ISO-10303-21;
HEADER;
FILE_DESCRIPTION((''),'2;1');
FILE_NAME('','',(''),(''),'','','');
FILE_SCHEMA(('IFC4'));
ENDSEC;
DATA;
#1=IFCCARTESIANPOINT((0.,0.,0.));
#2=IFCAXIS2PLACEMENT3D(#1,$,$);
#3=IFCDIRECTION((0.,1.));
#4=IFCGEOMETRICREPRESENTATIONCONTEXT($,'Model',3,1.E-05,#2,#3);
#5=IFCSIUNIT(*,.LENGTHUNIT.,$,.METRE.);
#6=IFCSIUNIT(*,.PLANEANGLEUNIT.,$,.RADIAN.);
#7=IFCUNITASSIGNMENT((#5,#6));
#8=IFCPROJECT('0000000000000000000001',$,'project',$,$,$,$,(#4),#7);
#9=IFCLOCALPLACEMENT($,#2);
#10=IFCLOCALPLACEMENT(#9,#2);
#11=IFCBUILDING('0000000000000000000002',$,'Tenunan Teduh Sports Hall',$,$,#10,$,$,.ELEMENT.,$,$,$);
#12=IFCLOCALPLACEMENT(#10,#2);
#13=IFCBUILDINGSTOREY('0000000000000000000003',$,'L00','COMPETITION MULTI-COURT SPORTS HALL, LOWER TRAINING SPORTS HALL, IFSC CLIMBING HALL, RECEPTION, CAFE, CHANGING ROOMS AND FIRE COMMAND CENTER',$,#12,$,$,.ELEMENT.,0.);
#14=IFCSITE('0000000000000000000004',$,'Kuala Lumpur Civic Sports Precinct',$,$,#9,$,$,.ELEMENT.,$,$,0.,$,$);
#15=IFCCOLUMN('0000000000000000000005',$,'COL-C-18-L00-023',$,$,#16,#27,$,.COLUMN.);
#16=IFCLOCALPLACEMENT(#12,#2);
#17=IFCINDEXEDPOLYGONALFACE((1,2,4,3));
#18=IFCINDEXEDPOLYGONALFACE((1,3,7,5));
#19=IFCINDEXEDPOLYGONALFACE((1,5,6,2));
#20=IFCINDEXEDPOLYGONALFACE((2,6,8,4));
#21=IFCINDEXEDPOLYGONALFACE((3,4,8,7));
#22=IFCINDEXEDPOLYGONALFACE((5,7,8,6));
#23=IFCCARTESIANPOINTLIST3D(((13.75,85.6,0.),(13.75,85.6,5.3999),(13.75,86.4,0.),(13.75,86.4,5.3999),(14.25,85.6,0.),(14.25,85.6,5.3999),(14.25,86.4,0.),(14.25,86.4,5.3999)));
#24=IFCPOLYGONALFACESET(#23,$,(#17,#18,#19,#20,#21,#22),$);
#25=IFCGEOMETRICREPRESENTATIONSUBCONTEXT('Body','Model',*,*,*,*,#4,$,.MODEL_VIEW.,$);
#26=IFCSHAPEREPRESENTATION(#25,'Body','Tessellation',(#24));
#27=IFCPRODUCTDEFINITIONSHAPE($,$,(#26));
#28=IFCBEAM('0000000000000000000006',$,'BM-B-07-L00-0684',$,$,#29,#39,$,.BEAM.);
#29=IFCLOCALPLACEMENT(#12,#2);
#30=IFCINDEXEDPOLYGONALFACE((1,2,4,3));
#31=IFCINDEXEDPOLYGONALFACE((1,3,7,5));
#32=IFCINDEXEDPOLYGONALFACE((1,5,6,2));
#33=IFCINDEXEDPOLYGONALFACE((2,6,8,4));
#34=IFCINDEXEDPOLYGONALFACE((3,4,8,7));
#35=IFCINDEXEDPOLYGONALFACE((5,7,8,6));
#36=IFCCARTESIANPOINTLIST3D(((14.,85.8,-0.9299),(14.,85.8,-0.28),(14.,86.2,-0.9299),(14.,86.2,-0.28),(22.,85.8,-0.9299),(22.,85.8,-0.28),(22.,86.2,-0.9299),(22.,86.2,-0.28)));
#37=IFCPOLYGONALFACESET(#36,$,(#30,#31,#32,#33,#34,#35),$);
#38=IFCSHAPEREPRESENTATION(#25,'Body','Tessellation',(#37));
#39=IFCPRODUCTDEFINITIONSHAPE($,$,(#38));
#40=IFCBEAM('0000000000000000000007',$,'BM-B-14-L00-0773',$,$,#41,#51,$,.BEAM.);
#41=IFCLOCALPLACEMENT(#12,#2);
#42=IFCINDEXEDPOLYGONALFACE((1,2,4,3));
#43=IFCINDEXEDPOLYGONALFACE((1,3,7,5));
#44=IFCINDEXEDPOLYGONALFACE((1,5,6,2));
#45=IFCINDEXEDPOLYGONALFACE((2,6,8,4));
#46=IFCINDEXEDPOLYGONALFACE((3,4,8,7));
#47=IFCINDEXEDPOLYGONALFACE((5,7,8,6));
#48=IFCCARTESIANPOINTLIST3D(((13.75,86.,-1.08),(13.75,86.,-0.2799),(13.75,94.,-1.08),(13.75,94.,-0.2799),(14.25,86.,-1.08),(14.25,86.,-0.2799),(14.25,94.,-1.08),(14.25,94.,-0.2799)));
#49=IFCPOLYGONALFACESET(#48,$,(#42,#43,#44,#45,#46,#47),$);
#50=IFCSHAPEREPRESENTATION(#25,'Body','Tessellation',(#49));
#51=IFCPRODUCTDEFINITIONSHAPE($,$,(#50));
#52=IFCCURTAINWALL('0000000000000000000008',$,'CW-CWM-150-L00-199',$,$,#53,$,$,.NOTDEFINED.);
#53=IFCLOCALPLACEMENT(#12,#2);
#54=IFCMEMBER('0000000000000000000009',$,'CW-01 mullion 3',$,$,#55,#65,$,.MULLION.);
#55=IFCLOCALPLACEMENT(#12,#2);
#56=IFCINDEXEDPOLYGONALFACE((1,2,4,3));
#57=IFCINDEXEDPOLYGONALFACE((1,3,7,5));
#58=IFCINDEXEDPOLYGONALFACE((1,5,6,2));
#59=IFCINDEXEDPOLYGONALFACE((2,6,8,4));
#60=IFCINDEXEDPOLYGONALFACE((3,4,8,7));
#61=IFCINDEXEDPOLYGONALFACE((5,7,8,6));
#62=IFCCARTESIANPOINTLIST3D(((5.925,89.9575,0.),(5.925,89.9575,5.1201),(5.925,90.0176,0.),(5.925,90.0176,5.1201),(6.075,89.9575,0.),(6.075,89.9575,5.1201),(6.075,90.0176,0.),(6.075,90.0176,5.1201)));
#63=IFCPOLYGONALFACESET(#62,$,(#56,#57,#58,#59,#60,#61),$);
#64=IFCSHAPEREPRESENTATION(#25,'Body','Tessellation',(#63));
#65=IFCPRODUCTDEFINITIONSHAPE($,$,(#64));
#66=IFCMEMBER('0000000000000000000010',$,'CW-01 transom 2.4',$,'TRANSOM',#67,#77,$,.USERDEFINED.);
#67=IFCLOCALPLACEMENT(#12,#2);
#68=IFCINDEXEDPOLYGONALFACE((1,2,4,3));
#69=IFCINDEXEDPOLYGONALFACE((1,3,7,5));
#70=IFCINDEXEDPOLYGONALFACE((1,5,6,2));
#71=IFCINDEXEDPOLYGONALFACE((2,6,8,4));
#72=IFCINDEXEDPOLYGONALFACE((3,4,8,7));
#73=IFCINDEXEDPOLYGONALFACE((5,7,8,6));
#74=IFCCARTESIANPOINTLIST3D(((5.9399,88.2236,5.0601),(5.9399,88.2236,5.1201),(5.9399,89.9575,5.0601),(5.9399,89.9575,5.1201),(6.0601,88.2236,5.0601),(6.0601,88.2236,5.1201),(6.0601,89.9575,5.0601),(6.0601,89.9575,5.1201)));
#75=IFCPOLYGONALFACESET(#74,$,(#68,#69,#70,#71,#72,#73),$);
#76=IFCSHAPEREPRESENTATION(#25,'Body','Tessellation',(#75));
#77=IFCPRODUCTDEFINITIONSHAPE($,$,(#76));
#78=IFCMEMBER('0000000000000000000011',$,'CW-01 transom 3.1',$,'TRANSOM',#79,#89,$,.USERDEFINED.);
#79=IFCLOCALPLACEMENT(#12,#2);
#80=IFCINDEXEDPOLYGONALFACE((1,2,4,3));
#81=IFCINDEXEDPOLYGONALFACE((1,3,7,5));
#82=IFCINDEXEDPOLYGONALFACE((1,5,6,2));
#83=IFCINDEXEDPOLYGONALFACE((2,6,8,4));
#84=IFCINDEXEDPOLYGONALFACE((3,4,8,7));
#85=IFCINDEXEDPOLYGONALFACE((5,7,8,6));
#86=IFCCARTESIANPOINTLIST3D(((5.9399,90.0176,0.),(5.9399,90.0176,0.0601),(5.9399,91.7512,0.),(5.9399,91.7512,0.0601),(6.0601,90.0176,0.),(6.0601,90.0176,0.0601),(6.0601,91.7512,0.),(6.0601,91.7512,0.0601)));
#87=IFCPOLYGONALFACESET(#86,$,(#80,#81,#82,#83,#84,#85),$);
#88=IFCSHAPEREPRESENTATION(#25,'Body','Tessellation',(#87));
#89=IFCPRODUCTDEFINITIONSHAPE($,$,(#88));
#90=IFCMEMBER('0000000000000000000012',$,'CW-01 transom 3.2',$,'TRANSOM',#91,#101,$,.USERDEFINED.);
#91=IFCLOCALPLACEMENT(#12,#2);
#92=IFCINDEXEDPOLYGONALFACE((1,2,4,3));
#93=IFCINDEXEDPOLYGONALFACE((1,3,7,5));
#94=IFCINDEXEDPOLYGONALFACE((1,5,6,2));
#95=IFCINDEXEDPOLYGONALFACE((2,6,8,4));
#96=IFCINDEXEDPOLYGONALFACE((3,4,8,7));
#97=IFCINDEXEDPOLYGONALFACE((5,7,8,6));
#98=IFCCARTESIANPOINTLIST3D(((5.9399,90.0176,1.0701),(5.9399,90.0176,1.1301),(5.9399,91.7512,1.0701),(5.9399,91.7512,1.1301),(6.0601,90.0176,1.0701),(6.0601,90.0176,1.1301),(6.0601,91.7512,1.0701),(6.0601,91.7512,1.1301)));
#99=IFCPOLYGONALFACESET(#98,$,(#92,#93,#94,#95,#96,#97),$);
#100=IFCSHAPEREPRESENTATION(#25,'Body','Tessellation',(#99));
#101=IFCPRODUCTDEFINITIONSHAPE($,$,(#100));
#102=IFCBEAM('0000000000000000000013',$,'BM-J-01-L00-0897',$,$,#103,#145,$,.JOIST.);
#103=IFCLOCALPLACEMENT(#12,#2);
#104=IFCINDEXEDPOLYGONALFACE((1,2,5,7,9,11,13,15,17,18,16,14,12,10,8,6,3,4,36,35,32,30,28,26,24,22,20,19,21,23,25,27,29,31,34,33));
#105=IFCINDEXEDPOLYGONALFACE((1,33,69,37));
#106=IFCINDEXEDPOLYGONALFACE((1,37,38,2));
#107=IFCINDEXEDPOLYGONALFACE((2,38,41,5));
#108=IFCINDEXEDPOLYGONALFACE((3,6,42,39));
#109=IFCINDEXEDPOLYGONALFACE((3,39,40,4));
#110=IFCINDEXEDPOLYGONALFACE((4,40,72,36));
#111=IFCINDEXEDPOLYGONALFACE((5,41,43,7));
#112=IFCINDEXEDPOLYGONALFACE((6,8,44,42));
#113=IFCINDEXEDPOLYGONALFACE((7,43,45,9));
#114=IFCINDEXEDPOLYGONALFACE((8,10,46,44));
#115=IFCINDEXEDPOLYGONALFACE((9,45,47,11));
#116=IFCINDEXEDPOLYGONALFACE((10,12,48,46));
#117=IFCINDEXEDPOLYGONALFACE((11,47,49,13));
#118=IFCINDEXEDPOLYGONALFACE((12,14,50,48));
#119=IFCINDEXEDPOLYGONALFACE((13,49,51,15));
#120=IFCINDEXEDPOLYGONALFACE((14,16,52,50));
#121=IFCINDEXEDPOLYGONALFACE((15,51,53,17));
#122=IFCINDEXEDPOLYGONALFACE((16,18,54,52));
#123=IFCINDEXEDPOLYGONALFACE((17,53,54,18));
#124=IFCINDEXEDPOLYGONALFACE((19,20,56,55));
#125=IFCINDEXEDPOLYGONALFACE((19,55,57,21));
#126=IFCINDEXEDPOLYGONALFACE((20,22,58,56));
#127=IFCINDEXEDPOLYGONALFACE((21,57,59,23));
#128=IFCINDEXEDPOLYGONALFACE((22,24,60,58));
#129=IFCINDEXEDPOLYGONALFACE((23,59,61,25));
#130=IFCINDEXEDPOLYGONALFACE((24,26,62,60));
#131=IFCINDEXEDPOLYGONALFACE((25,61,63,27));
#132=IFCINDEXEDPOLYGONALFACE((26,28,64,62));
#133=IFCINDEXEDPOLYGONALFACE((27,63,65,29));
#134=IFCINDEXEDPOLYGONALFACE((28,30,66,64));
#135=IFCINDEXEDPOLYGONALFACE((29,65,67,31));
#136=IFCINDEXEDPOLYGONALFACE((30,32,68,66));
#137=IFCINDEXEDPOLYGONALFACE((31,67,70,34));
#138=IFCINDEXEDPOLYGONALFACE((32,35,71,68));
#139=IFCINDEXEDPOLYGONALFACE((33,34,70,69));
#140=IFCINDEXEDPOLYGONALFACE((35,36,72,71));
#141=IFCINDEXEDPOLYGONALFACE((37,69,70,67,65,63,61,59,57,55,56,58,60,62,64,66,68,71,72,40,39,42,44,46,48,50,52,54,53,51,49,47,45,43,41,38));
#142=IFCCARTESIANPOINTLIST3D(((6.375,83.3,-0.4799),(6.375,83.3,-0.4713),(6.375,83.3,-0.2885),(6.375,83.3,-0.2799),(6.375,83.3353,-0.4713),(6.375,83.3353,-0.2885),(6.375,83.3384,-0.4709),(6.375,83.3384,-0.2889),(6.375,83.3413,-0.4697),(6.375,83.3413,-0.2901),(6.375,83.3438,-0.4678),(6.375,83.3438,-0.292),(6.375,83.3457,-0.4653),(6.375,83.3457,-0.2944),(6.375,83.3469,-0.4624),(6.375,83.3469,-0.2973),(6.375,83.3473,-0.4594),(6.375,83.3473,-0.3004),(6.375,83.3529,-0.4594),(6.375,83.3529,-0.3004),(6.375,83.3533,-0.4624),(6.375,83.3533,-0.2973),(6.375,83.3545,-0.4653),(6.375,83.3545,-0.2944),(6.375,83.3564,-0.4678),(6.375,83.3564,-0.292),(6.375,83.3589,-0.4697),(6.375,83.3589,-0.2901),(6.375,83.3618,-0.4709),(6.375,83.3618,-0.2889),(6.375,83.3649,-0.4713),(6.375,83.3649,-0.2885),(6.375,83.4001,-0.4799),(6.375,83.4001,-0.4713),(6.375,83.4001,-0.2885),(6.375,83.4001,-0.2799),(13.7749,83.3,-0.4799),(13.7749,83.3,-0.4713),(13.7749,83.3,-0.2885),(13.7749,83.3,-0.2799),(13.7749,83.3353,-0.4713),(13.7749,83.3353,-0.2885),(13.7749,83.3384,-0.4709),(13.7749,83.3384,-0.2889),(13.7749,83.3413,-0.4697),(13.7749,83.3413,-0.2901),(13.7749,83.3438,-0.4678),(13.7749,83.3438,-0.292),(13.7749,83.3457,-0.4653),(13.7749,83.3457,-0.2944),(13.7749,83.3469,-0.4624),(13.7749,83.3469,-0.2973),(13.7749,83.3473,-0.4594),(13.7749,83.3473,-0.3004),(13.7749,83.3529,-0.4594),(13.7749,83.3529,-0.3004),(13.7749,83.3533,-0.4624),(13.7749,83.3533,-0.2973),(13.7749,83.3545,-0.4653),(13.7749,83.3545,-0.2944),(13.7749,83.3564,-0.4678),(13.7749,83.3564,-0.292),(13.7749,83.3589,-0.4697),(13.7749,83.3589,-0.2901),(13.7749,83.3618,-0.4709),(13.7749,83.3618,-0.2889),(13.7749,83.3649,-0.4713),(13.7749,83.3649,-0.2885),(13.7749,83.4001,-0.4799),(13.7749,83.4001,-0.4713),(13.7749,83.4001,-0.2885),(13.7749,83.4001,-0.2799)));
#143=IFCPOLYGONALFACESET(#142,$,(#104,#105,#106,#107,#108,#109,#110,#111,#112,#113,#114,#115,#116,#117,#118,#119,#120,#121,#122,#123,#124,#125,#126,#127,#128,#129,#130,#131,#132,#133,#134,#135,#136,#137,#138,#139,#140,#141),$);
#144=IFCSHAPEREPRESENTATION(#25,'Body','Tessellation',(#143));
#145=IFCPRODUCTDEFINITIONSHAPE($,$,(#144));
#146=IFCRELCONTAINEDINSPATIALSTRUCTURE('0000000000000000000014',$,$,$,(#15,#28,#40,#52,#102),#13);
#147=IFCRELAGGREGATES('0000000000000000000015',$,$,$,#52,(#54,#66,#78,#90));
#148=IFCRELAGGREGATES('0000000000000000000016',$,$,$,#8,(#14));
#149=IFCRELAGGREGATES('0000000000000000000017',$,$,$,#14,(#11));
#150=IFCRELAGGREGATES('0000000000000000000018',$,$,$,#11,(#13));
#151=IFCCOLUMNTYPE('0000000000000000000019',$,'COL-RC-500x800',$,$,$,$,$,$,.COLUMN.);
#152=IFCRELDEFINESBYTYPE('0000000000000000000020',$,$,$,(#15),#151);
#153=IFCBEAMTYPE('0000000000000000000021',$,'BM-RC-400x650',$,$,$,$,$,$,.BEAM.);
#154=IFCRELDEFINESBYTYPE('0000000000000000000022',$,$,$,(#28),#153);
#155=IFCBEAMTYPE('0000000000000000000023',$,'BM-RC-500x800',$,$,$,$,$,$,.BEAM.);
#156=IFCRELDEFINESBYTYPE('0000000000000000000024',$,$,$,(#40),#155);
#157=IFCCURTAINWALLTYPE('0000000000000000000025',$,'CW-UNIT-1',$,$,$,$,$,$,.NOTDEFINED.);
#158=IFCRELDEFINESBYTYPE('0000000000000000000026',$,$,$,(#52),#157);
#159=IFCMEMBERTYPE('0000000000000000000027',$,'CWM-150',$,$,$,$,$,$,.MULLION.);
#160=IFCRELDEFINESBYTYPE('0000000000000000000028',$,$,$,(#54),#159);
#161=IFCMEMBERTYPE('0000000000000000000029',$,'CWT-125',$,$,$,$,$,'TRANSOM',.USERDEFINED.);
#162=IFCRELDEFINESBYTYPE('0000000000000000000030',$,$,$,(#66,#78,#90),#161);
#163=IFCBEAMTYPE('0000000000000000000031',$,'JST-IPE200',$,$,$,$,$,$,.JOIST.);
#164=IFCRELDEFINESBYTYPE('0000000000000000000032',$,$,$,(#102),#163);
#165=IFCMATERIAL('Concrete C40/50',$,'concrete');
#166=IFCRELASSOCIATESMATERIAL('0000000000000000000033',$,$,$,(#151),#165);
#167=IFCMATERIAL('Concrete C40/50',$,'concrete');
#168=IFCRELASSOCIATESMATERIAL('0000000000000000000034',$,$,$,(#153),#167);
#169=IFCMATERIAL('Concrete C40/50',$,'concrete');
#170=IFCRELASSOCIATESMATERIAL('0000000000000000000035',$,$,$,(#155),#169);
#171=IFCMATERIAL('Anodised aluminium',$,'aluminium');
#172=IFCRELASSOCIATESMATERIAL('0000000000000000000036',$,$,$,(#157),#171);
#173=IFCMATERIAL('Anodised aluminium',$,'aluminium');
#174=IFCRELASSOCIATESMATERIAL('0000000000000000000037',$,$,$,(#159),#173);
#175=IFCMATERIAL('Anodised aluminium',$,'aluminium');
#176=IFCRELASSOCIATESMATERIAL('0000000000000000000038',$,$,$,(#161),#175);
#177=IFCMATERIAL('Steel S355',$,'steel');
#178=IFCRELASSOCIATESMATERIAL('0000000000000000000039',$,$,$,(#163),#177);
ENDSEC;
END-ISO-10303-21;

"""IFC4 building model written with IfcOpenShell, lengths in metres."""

from ifc_helpers import new_model, si_unit, direction, frame, origin, origin_2d, place, context, subcontext, project, spatial, rectangle, i_section, extrude, material, material_profile, profile_set, type_object, element, aggregate, save


model = new_model("IFC4")

# Units and contexts
model_context = context("Model", 3, precision=1e-05, world=origin(), true_north=direction((0.0, 1.0)))
body_context = subcontext(model_context, "Body", "Model", "MODEL_VIEW")
ifc_project = project(units=[si_unit("LENGTHUNIT", "METRE"), si_unit("PLANEANGLEUNIT", "RADIAN")], contexts=[model_context])

# Site, building, storey
site_placement = place(None, origin())
site = spatial("IfcSite", under=ifc_project, at=site_placement, Name="Kuala Lumpur Civic Sports Precinct", CompositionType="ELEMENT", RefElevation=0.0)
building_placement = place(site_placement, origin())
building = spatial("IfcBuilding", under=site, at=building_placement, Name="Tenunan Teduh Sports Hall", CompositionType="ELEMENT")
storey_placement = place(building_placement, origin())
storey = spatial("IfcBuildingStorey", under=building, at=storey_placement, Name="L00", Description="COMPETITION MULTI-COURT SPORTS HALL, LOWER TRAINING SPORTS HALL, IFSC CLIMBING HALL, RECEPTION, CAFE, CHANGING ROOMS AND FIRE COMMAND CENTER", CompositionType="ELEMENT", Elevation=0.0)

# Column
ifc_material_1 = material(Name="Concrete C40/50", Category="concrete")
ifc_material_profile_1 = material_profile(ifc_material_1, rectangle(XDim=0.5, YDim=0.8, at=origin_2d()), Name="RC 500x800")
ifc_profile_set_1 = profile_set([ifc_material_profile_1], Name="Concrete C40/50")
column_type = type_object("IfcColumnType", Name="COL-RC-500x800", PredefinedType="COLUMN", material=ifc_profile_set_1)
column_placement = place(storey_placement, frame((14.0, 86.0, 0.0), z_axis=(0.0, 0.0, 1.0), x_axis=(1.0, 0.0, 0.0)))
element("IfcColumn", 1, at=column_placement, inside=storey, type_object=column_type, Name="COL-C-18-L00-023", PredefinedType="COLUMN", context=body_context, shape_type="SweptSolid", body=[
    extrude(rectangle(XDim=0.5, YDim=0.8, at=origin_2d()), origin(), (0.0, 0.0, 1.0), 5.3999),
])

# Beams
ifc_material_2 = material(Name="Concrete C40/50", Category="concrete")
ifc_material_profile_2 = material_profile(ifc_material_2, rectangle(XDim=0.3999, YDim=0.6499, at=origin_2d()), Name="RCB 400x650")
ifc_profile_set_2 = profile_set([ifc_material_profile_2], Name="Concrete C40/50")
beam_type_1 = type_object("IfcBeamType", Name="BM-RC-400x650", PredefinedType="BEAM", material=ifc_profile_set_2)
beam_1_placement = place(storey_placement, frame((14.0, 86.0, -0.605), z_axis=(1.0, 0.0, 0.0), x_axis=(0.0, 1.0, 0.0)))
element("IfcBeam", 2, at=beam_1_placement, inside=storey, type_object=beam_type_1, Name="BM-B-07-L00-0684", PredefinedType="BEAM", context=body_context, shape_type="SweptSolid", body=[
    extrude(rectangle(XDim=0.3999, YDim=0.6499, at=origin_2d()), origin(), (0.0, 0.0, 1.0), 8.0),
])
ifc_material_3 = material(Name="Concrete C40/50", Category="concrete")
ifc_material_profile_3 = material_profile(ifc_material_3, rectangle(XDim=0.5, YDim=0.8, at=origin_2d()), Name="RCB 500x800")
ifc_profile_set_3 = profile_set([ifc_material_profile_3], Name="Concrete C40/50")
beam_type_2 = type_object("IfcBeamType", Name="BM-RC-500x800", PredefinedType="BEAM", material=ifc_profile_set_3)
beam_2_placement = place(storey_placement, frame((14.0, 86.0, -0.6799), z_axis=(0.0, 1.0, 0.0), x_axis=(-1.0, 0.0, 0.0)))
element("IfcBeam", 3, at=beam_2_placement, inside=storey, type_object=beam_type_2, Name="BM-B-14-L00-0773", PredefinedType="BEAM", context=body_context, shape_type="SweptSolid", body=[
    extrude(rectangle(XDim=0.5, YDim=0.8, at=origin_2d()), origin(), (0.0, 0.0, 1.0), 8.0),
])

# Curtain wall, members
ifc_material_4 = material(Name="Anodised aluminium", Category="aluminium")
curtain_wall_type = type_object("IfcCurtainWallType", Name="CW-UNIT-1", PredefinedType="NOTDEFINED", material=ifc_material_4)
curtain_wall_placement = place(storey_placement, origin())
curtain_wall = element("IfcCurtainWall", 4, at=curtain_wall_placement, inside=storey, type_object=curtain_wall_type, Name="CW-CWM-150-L00-199", PredefinedType="NOTDEFINED")
ifc_material_5 = material(Name="Anodised aluminium", Category="aluminium")
ifc_material_profile_4 = material_profile(ifc_material_5, rectangle(XDim=0.0601, YDim=0.1499, at=origin_2d()), Name="CWM 60x150")
ifc_profile_set_4 = profile_set([ifc_material_profile_4], Name="Anodised aluminium")
member_type_1 = type_object("IfcMemberType", Name="CWM-150", PredefinedType="MULLION", material=ifc_profile_set_4)
member_1_placement = place(storey_placement, frame((6.0, 89.9875, 0.0), z_axis=(0.0, 0.0, 1.0), x_axis=(0.0, 1.0, 0.0)))
member_1 = element("IfcMember", 5, at=member_1_placement, type_object=member_type_1, Name="CW-01 mullion 3", PredefinedType="MULLION", context=body_context, shape_type="SweptSolid", body=[
    extrude(rectangle(XDim=0.0601, YDim=0.1499, at=origin_2d()), origin(), (0.0, 0.0, 1.0), 5.1201),
])
ifc_material_6 = material(Name="Anodised aluminium", Category="aluminium")
ifc_material_profile_5 = material_profile(ifc_material_6, rectangle(XDim=0.0601, YDim=0.1201, at=origin_2d()), Name="CWT 60x120")
ifc_profile_set_5 = profile_set([ifc_material_profile_5], Name="Anodised aluminium")
member_type_2 = type_object("IfcMemberType", Name="CWT-125", ElementType="TRANSOM", PredefinedType="USERDEFINED", material=ifc_profile_set_5)
member_2_placement = place(storey_placement, frame((6.0, 88.2236, 5.0901), z_axis=(0.0, 1.0, 0.0), x_axis=(0.0, 0.0, 1.0)))
member_2 = element("IfcMember", 6, at=member_2_placement, type_object=member_type_2, Name="CW-01 transom 2.4", ObjectType="TRANSOM", PredefinedType="USERDEFINED", context=body_context, shape_type="SweptSolid", body=[
    extrude(rectangle(XDim=0.0601, YDim=0.1201, at=origin_2d()), origin(), (0.0, 0.0, 1.0), 1.7339),
])
member_3_placement = place(storey_placement, frame((6.0, 90.0176, 0.03), z_axis=(0.0, 1.0, 0.0), x_axis=(0.0, 0.0, 1.0)))
member_3 = element("IfcMember", 7, at=member_3_placement, type_object=member_type_2, Name="CW-01 transom 3.1", ObjectType="TRANSOM", PredefinedType="USERDEFINED", context=body_context, shape_type="SweptSolid", body=[
    extrude(rectangle(XDim=0.0601, YDim=0.1201, at=origin_2d()), origin(), (0.0, 0.0, 1.0), 1.7336),
])
member_4_placement = place(storey_placement, frame((6.0, 90.0176, 1.1001), z_axis=(0.0, 1.0, 0.0), x_axis=(0.0, 0.0, 1.0)))
member_4 = element("IfcMember", 8, at=member_4_placement, type_object=member_type_2, Name="CW-01 transom 3.2", ObjectType="TRANSOM", PredefinedType="USERDEFINED", context=body_context, shape_type="SweptSolid", body=[
    extrude(rectangle(XDim=0.0601, YDim=0.1201, at=origin_2d()), origin(), (0.0, 0.0, 1.0), 1.7336),
])

# Beam
ifc_material_7 = material(Name="Steel S355", Category="steel")
ifc_material_profile_6 = material_profile(ifc_material_7, i_section(OverallWidth=0.1001, OverallDepth=0.2, WebThickness=0.0056, FlangeThickness=0.0085, FilletRadius=0.012, at=origin_2d()), Name="IPE 200")
ifc_profile_set_6 = profile_set([ifc_material_profile_6], Name="Steel S355")
beam_type_3 = type_object("IfcBeamType", Name="JST-IPE200", PredefinedType="JOIST", material=ifc_profile_set_6)
beam_3_placement = place(storey_placement, frame((6.375, 83.3501, -0.3799), z_axis=(1.0, 0.0, 0.0), x_axis=(0.0, 1.0, 0.0)))
element("IfcBeam", 9, at=beam_3_placement, inside=storey, type_object=beam_type_3, Name="BM-J-01-L00-0897", PredefinedType="JOIST", context=body_context, shape_type="SweptSolid", body=[
    extrude(i_section(OverallWidth=0.1001, OverallDepth=0.2, WebThickness=0.0056, FlangeThickness=0.0085, FilletRadius=0.012, at=origin_2d()), origin(), (0.0, 0.0, 1.0), 7.3999),
])

aggregate(curtain_wall, [member_1, member_2, member_3, member_4])

save(model, "model.ifc")
